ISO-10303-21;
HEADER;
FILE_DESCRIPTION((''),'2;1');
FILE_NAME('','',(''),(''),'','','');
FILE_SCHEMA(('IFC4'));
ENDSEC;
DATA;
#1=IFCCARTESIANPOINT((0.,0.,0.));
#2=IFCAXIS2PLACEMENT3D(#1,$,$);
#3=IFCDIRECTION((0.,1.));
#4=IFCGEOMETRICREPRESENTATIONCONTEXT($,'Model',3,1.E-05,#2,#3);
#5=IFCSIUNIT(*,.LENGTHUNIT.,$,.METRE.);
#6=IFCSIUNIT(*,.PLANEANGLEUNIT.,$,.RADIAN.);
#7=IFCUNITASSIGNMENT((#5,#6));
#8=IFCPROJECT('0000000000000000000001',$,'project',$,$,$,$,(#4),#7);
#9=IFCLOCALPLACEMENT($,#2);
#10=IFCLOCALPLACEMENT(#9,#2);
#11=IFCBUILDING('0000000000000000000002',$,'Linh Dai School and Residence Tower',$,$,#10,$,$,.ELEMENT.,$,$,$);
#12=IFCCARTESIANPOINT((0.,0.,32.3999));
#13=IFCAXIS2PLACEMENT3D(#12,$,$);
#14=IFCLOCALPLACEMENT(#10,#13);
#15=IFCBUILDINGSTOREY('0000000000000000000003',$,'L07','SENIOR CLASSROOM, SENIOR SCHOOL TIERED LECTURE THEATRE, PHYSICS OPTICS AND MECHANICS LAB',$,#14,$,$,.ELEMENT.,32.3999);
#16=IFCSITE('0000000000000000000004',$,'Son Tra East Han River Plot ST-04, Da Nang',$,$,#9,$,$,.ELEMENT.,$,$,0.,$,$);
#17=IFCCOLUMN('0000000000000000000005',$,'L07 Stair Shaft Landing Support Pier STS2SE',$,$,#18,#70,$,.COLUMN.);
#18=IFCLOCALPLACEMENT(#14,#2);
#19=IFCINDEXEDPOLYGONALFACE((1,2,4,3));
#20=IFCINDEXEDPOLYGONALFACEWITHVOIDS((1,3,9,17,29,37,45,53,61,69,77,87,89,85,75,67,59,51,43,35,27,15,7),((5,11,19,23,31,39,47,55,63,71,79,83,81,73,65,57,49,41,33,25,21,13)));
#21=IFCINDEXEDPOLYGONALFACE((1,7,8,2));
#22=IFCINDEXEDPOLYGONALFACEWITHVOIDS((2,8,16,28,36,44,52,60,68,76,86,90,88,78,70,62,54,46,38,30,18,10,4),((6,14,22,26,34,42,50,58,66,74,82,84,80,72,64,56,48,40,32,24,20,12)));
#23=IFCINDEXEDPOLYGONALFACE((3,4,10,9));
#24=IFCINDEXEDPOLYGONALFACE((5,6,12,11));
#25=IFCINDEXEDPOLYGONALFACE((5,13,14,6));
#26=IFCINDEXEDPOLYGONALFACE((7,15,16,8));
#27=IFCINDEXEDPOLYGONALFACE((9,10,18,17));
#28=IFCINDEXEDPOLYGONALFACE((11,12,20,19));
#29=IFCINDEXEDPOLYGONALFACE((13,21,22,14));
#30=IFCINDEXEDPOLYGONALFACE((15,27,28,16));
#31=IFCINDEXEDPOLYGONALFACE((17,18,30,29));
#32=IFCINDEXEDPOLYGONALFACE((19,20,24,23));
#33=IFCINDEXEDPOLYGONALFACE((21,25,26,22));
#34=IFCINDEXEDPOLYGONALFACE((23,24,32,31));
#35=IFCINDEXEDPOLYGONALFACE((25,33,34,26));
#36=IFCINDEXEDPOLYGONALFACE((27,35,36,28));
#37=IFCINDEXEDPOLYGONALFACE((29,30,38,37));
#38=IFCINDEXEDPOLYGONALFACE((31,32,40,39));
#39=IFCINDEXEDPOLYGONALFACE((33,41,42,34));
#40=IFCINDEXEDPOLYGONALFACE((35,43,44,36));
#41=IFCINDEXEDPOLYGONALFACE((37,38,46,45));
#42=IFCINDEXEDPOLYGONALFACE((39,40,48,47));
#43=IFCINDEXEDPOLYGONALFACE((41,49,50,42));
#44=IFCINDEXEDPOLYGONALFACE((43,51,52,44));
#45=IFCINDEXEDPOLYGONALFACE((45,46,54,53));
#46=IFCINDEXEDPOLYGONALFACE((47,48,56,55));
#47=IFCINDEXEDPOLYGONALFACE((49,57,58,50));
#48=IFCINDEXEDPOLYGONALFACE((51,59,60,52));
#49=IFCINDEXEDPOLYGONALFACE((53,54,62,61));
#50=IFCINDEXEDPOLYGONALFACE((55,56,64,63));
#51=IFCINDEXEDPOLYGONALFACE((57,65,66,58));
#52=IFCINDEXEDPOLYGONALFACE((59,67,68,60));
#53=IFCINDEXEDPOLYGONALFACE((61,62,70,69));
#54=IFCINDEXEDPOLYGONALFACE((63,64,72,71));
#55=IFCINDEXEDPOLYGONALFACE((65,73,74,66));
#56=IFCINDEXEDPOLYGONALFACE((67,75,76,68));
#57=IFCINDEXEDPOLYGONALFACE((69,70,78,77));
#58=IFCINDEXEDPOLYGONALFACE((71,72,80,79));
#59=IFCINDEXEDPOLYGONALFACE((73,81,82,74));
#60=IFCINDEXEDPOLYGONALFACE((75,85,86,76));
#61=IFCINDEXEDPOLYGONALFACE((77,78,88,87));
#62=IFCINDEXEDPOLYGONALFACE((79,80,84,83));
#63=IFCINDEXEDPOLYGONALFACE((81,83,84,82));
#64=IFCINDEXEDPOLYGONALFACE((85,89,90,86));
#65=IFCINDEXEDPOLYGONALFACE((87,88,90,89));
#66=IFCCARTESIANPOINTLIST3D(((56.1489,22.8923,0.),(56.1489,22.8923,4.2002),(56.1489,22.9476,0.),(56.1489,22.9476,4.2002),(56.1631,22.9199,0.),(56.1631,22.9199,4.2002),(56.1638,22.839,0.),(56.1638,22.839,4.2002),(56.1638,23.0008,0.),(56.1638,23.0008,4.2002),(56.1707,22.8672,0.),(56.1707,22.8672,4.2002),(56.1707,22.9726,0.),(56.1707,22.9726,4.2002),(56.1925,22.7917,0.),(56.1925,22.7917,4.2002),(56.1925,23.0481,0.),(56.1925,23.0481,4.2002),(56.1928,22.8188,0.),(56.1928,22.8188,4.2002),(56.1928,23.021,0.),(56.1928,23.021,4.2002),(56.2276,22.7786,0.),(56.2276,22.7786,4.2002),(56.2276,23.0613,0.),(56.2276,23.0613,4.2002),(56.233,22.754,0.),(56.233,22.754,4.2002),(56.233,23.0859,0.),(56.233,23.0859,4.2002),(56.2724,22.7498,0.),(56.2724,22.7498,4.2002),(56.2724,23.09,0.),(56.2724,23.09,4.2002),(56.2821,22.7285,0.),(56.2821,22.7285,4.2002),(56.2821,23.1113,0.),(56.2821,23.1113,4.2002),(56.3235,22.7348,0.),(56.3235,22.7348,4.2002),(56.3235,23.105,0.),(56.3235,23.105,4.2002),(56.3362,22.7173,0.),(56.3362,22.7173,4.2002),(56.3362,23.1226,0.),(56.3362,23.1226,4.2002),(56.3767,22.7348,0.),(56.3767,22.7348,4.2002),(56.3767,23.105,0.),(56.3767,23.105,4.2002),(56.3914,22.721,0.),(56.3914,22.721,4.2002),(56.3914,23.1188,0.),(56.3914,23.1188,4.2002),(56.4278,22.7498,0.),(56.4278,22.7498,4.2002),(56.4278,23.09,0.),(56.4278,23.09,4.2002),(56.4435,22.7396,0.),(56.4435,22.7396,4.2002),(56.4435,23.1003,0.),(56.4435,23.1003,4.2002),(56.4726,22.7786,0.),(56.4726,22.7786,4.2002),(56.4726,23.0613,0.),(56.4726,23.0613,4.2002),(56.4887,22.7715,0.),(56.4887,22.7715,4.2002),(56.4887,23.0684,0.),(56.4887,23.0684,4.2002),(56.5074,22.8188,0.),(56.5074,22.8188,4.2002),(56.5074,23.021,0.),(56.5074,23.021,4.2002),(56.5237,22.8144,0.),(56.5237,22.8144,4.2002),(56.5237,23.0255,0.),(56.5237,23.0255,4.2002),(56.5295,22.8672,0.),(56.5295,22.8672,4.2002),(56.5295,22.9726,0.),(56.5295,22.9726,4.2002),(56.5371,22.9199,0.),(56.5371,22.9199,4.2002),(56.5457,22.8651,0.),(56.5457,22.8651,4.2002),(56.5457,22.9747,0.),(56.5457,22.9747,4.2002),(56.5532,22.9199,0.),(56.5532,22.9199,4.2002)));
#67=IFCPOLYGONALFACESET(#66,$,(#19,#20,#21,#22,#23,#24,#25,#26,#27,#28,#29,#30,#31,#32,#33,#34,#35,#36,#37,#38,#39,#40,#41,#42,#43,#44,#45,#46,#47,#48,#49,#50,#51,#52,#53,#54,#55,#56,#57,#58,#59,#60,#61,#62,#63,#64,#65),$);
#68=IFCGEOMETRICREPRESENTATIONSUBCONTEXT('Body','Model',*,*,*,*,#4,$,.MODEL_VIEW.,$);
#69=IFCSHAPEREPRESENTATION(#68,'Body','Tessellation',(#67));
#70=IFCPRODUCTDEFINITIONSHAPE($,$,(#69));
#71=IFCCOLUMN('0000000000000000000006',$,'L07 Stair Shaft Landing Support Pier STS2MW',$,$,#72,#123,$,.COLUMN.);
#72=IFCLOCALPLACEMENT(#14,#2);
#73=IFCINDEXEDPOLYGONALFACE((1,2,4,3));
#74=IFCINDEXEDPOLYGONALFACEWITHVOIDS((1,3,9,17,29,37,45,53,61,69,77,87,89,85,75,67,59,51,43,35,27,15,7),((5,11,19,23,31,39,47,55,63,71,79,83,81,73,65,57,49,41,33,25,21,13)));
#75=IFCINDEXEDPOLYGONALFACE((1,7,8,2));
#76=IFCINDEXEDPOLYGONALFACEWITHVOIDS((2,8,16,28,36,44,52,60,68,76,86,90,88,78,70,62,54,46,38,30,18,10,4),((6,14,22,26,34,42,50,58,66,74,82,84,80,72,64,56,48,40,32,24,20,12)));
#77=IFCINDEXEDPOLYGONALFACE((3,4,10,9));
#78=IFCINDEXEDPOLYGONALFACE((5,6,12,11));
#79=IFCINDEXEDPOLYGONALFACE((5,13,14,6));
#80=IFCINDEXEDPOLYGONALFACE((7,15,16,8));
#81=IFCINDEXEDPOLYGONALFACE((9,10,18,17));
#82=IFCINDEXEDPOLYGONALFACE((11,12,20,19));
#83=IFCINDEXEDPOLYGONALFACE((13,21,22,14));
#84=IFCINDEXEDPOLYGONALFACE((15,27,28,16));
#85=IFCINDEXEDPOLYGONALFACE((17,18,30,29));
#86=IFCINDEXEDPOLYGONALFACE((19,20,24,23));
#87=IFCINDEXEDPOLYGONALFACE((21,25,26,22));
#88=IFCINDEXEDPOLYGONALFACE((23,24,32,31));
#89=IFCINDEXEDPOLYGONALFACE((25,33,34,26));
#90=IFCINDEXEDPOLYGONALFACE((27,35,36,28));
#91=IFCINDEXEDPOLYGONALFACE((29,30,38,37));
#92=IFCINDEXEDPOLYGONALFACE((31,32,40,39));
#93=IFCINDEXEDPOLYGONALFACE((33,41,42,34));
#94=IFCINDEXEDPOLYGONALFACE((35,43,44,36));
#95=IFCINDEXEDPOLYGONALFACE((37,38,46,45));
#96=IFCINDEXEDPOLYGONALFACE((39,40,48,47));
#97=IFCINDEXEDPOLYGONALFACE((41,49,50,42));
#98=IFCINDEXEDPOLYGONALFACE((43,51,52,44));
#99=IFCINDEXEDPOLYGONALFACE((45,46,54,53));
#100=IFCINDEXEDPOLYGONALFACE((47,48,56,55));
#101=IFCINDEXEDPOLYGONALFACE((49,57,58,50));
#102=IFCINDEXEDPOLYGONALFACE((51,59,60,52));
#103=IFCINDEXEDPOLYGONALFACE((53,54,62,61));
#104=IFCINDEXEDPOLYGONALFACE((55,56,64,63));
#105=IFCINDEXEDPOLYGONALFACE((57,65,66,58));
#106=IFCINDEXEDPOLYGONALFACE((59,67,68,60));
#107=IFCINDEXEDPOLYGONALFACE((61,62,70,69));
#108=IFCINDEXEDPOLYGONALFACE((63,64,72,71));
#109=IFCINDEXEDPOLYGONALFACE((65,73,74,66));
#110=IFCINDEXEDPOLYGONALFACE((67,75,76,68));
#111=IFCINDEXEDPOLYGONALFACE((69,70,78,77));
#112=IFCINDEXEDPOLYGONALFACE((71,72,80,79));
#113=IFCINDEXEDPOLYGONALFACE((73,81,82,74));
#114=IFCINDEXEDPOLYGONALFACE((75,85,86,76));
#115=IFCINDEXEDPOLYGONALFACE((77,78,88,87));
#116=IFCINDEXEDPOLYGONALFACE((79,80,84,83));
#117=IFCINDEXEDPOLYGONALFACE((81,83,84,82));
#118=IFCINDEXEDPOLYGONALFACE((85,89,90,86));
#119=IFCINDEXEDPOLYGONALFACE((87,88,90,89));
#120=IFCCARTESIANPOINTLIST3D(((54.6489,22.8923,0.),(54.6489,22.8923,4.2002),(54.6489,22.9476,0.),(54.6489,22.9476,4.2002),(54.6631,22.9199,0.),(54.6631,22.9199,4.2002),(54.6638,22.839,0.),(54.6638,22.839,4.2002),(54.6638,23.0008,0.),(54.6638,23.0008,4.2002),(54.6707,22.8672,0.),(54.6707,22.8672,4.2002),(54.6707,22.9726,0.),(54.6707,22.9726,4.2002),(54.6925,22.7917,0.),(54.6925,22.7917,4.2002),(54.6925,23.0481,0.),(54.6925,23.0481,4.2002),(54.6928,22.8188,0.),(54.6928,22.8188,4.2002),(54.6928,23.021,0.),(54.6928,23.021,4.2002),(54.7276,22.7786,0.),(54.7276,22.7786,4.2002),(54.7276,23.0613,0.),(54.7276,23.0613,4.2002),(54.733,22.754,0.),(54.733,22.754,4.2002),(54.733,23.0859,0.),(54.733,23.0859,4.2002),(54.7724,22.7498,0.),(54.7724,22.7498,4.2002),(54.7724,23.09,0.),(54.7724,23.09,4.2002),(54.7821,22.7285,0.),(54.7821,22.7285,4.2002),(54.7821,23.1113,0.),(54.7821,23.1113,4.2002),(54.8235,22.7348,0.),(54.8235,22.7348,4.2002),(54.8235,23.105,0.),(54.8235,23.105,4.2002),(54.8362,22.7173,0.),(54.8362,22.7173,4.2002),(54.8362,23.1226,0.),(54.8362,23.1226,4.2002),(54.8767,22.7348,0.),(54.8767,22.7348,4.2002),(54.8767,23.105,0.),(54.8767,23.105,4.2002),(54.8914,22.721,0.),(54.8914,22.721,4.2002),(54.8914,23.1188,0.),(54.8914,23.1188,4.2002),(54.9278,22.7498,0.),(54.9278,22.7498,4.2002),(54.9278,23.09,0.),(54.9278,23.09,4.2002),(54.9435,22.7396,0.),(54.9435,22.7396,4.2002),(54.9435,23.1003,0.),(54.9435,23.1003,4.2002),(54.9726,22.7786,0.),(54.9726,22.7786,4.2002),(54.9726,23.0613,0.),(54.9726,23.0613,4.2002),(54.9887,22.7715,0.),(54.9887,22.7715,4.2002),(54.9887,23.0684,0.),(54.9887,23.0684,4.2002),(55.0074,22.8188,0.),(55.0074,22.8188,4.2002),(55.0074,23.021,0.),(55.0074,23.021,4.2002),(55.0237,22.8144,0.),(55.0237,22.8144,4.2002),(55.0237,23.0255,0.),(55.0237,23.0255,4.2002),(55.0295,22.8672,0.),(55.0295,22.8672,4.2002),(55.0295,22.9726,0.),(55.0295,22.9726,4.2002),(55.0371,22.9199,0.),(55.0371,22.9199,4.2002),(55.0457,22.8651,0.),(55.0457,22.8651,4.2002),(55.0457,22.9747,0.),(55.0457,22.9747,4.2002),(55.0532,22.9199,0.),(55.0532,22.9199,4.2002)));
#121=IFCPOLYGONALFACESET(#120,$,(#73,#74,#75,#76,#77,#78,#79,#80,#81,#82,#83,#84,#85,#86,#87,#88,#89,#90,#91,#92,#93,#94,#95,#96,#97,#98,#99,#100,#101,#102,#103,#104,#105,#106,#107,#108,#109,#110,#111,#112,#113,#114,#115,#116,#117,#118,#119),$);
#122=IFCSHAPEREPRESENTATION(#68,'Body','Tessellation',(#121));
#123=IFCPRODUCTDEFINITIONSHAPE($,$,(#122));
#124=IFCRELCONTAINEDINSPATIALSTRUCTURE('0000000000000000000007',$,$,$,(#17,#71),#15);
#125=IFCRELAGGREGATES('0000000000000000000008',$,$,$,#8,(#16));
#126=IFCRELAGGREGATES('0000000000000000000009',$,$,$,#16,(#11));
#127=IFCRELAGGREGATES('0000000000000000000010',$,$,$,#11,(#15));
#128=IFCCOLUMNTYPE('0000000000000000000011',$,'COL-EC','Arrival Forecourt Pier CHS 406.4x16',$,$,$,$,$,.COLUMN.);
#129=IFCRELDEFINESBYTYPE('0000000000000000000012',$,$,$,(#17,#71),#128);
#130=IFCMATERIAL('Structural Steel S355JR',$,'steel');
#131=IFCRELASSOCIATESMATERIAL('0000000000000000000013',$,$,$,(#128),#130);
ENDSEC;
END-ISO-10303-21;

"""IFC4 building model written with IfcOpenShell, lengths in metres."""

from ifc_helpers import new_model, si_unit, direction, frame, origin, origin_2d, place, context, subcontext, project, spatial, hollow_circle, extrude, material, material_profile, profile_set, type_object, element, save


model = new_model("IFC4")

# Units and contexts
model_context = context("Model", 3, precision=1e-05, world=origin(), true_north=direction((0.0, 1.0)))
body_context = subcontext(model_context, "Body", "Model", "MODEL_VIEW")
ifc_project = project(units=[si_unit("LENGTHUNIT", "METRE"), si_unit("PLANEANGLEUNIT", "RADIAN")], contexts=[model_context])

# Site, building, storey
site_placement = place(None, origin())
site = spatial("IfcSite", under=ifc_project, at=site_placement, Name="Son Tra East Han River Plot ST-04, Da Nang", CompositionType="ELEMENT", RefElevation=0.0)
building_placement = place(site_placement, origin())
building = spatial("IfcBuilding", under=site, at=building_placement, Name="Linh Dai School and Residence Tower", CompositionType="ELEMENT")
storey_placement = place(building_placement, frame((0.0, 0.0, 32.3999)))
storey = spatial("IfcBuildingStorey", under=building, at=storey_placement, Name="L07", Description="SENIOR CLASSROOM, SENIOR SCHOOL TIERED LECTURE THEATRE, PHYSICS OPTICS AND MECHANICS LAB", CompositionType="ELEMENT", Elevation=32.3999)

# Columns
ifc_material_1 = material(Name="Structural Steel S355JR", Category="steel")
ifc_material_profile_1 = material_profile(ifc_material_1, hollow_circle(Radius=0.2031, WallThickness=0.0161, at=origin_2d()), Name="CHS 406.4x16")
ifc_profile_set_1 = profile_set([ifc_material_profile_1], Name="Structural Steel S355JR")
column_type_1 = type_object("IfcColumnType", Name="COL-EC", Description="Arrival Forecourt Pier CHS 406.4x16", PredefinedType="COLUMN", material=ifc_profile_set_1)
for number, where, z_axis, x_axis, name in (
    (1, (56.3501, 22.9199, 0.0), (0.0, 0.0, 1.0), (1.0, 0.0, 0.0), "L07 Stair Shaft Landing Support Pier STS2SE"),
    (2, (54.8501, 22.9199, 0.0), (0.0, 0.0, 1.0), (1.0, 0.0, 0.0), "L07 Stair Shaft Landing Support Pier STS2MW"),
):
    element("IfcColumn", number, at=place(storey_placement, frame(where, z_axis=z_axis, x_axis=x_axis)), inside=storey, type_object=column_type_1, Name=name, PredefinedType="COLUMN", context=body_context, shape_type="SweptSolid", body=[
        extrude(hollow_circle(Radius=0.2031, WallThickness=0.0161, at=origin_2d()), origin(), (0.0, 0.0, 1.0), 4.2002),
    ])

save(model, "model.ifc")
